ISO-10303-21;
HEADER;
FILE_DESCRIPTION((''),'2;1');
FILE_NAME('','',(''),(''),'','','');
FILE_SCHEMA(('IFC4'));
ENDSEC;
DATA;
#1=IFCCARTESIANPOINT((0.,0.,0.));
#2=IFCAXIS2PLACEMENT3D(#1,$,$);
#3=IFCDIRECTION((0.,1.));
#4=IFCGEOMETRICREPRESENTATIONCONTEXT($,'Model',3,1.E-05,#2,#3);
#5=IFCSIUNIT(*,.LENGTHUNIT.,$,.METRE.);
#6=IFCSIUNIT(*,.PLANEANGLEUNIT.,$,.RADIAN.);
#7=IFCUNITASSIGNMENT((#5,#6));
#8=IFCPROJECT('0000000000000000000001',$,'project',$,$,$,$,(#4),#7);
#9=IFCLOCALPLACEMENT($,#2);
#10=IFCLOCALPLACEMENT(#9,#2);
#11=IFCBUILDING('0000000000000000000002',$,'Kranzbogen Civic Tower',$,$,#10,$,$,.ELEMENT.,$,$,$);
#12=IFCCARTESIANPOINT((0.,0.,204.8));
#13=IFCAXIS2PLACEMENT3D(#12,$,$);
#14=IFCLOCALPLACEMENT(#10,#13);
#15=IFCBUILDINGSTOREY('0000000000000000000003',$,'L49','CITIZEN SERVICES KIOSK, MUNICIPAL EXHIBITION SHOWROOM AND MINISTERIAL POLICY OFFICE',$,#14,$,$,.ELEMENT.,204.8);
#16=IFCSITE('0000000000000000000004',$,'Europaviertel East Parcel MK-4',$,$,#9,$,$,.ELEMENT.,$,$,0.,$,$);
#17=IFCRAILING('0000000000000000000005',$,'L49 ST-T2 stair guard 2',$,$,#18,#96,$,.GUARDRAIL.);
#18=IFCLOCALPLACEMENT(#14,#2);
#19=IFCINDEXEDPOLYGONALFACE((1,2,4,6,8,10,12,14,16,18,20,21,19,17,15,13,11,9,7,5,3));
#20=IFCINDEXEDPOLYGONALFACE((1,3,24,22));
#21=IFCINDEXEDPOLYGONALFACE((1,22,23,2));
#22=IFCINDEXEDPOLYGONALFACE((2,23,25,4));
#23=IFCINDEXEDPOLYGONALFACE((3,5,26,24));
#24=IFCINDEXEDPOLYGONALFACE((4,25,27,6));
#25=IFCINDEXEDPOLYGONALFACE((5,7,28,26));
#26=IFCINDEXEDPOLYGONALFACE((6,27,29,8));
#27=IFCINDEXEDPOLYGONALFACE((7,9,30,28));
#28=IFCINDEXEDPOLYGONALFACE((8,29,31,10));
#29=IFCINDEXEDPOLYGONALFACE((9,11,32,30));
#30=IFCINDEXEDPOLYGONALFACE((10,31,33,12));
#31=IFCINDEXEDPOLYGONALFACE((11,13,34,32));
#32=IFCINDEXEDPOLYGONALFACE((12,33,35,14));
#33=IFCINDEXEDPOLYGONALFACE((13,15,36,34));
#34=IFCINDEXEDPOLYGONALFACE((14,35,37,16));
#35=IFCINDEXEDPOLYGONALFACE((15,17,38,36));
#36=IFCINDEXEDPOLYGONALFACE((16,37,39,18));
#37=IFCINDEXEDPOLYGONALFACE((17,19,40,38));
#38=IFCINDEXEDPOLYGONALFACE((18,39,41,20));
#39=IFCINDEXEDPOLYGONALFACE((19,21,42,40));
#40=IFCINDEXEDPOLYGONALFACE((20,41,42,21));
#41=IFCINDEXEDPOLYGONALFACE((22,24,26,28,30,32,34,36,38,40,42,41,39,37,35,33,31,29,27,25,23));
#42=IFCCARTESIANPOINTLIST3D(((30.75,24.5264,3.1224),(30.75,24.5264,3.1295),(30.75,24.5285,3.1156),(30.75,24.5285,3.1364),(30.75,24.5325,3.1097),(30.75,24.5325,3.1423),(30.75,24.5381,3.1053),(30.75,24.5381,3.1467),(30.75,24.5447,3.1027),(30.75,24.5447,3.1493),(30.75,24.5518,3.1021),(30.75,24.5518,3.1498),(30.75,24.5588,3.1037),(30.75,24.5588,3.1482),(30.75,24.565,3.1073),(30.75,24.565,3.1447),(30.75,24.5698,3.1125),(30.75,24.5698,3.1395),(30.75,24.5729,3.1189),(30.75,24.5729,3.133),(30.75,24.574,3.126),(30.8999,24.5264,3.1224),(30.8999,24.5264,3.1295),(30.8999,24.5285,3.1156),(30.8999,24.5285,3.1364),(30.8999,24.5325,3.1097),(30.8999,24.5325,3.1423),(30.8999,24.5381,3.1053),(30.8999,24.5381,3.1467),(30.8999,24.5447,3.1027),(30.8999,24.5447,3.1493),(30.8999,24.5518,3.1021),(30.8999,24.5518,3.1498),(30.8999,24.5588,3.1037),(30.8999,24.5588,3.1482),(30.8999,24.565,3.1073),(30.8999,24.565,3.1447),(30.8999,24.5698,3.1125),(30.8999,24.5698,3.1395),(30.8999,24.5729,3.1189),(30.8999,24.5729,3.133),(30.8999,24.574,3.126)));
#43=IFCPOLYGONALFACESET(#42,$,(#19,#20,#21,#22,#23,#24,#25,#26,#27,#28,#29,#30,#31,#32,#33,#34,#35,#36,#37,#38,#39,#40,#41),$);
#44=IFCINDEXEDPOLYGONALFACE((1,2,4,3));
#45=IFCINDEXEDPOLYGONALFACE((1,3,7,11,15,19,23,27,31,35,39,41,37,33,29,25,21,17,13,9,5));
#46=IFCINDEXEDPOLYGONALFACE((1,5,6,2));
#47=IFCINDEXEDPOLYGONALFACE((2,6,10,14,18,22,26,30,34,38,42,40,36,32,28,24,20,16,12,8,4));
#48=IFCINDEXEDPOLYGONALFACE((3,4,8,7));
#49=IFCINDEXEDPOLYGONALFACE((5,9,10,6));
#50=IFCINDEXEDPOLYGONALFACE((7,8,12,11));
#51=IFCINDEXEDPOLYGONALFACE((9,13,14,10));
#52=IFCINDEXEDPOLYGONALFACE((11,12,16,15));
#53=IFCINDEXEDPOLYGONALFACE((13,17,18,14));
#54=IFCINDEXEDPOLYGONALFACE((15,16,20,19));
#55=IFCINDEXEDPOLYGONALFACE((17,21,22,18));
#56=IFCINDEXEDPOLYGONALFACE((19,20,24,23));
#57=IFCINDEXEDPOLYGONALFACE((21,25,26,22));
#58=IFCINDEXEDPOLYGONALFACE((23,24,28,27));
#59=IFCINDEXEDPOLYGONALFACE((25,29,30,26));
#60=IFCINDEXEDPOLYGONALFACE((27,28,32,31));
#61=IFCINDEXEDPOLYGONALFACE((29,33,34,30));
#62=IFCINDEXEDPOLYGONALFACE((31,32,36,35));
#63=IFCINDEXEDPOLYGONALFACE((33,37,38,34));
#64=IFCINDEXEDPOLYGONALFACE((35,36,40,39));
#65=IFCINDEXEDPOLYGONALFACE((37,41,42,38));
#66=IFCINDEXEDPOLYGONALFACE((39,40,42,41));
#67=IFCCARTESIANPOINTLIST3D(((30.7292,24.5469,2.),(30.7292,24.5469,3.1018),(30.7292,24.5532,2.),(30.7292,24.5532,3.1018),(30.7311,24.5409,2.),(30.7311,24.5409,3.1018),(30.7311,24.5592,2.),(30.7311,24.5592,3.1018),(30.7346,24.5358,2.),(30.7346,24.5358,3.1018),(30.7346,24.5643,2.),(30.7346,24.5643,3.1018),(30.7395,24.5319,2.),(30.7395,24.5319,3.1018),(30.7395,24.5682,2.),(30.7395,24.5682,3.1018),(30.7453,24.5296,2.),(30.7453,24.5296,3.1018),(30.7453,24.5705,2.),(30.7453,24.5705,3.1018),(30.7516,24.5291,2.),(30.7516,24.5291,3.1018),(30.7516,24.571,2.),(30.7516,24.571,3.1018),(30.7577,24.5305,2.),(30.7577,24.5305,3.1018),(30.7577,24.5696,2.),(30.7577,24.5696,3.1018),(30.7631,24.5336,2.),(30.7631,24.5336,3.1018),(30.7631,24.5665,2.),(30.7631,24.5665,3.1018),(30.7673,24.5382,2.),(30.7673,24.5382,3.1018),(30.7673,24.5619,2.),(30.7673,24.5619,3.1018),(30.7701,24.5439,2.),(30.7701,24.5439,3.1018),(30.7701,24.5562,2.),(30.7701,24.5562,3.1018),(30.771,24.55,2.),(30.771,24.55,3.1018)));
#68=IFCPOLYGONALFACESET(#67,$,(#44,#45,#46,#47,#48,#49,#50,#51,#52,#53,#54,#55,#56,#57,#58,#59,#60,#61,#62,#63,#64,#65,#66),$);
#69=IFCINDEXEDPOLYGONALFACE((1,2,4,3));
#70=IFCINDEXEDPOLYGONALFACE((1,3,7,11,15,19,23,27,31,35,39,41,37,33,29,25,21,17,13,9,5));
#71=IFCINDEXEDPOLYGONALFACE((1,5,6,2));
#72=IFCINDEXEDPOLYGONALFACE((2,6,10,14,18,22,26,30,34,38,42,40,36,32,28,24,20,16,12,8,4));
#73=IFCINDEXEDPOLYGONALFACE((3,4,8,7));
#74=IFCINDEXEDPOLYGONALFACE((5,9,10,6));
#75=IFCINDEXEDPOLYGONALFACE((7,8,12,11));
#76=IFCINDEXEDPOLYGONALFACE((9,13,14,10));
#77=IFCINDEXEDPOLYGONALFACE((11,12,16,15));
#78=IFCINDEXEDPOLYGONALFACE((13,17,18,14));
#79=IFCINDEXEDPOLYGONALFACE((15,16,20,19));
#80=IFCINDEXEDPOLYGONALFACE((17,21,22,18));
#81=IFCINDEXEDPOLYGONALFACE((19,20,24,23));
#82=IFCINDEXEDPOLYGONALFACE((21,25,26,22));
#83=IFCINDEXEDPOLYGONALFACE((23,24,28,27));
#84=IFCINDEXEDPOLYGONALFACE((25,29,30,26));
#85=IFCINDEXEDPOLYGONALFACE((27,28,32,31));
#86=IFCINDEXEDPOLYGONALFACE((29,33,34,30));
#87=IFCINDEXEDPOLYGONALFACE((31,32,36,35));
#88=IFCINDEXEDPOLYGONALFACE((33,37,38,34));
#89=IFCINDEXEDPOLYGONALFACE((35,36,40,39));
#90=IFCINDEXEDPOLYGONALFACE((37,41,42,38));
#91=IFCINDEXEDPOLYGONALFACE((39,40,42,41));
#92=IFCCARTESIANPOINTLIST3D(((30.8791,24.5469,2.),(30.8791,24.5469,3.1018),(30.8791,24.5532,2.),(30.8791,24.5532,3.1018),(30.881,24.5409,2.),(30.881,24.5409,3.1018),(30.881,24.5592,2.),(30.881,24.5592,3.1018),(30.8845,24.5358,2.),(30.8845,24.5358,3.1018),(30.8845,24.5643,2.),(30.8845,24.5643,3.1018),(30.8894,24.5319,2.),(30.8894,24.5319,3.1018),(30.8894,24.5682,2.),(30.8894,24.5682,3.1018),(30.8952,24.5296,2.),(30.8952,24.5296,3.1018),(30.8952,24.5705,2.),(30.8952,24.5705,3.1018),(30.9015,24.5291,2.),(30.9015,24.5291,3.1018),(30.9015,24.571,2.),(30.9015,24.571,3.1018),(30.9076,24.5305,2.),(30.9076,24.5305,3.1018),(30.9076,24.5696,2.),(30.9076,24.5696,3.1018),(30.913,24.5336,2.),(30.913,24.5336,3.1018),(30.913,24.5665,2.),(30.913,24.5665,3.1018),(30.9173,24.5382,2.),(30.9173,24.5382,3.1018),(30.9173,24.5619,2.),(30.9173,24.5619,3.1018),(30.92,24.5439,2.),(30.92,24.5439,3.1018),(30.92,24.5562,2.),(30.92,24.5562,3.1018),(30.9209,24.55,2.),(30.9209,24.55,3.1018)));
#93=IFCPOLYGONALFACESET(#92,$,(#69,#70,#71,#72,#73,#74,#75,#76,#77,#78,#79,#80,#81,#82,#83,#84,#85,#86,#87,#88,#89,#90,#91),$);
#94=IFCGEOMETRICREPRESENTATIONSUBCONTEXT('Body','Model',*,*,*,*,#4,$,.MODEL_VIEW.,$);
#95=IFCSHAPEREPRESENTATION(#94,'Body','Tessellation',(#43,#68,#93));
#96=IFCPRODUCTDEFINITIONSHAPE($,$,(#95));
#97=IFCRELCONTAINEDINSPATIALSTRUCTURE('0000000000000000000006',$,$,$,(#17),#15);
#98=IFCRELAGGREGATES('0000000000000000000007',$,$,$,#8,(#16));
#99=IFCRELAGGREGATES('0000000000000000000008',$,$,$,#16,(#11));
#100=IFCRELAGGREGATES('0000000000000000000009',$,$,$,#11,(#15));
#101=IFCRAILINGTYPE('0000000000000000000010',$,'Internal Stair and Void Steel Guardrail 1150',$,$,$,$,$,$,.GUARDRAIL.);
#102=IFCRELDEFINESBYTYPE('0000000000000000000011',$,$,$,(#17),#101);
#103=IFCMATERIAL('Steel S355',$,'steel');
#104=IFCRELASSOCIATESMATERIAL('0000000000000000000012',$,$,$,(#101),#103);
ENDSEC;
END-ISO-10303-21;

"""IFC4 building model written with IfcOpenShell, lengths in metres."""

from ifc_helpers import new_model, si_unit, direction, frame, origin, origin_2d, place, context, subcontext, project, spatial, circle, extrude, material, type_object, element, save


model = new_model("IFC4")

# Units and contexts
model_context = context("Model", 3, precision=1e-05, world=origin(), true_north=direction((0.0, 1.0)))
body_context = subcontext(model_context, "Body", "Model", "MODEL_VIEW")
ifc_project = project(units=[si_unit("LENGTHUNIT", "METRE"), si_unit("PLANEANGLEUNIT", "RADIAN")], contexts=[model_context])

# Site, building, storey
site_placement = place(None, origin())
site = spatial("IfcSite", under=ifc_project, at=site_placement, Name="Europaviertel East Parcel MK-4", CompositionType="ELEMENT", RefElevation=0.0)
building_placement = place(site_placement, origin())
building = spatial("IfcBuilding", under=site, at=building_placement, Name="Kranzbogen Civic Tower", CompositionType="ELEMENT")
storey_placement = place(building_placement, frame((0.0, 0.0, 204.8)))
storey = spatial("IfcBuildingStorey", under=building, at=storey_placement, Name="L49", Description="CITIZEN SERVICES KIOSK, MUNICIPAL EXHIBITION SHOWROOM AND MINISTERIAL POLICY OFFICE", CompositionType="ELEMENT", Elevation=204.8)

# Shared definitions
ifc_material_1 = material(Name="Steel S355", Category="steel")

# Railing
railing_type_1 = type_object("IfcRailingType", Name="Internal Stair and Void Steel Guardrail 1150", PredefinedType="GUARDRAIL", material=ifc_material_1)
railing_1_placement = place(storey_placement, frame((30.75, 24.55, 2.0)))
element("IfcRailing", 1, at=railing_1_placement, inside=storey, type_object=railing_type_1, Name="L49 ST-T2 stair guard 2", PredefinedType="GUARDRAIL", context=body_context, shape_type="SweptSolid", body=[
    extrude(circle(Radius=0.0239, at=origin_2d()), frame((0.0, 0.0, 1.126), z_axis=(1.0, 0.0, 0.0), x_axis=(0.0, 1.0, 0.0)), (0.0, 0.0, 1.0), 0.1499),
    extrude(circle(Radius=0.021, at=origin_2d()), origin(), (0.0, 0.0, 1.0), 1.1018),
    extrude(circle(Radius=0.021, at=origin_2d()), frame((0.1499, 0.0, 0.0)), (0.0, 0.0, 1.0), 1.1018),
])

save(model, "model.ifc")
